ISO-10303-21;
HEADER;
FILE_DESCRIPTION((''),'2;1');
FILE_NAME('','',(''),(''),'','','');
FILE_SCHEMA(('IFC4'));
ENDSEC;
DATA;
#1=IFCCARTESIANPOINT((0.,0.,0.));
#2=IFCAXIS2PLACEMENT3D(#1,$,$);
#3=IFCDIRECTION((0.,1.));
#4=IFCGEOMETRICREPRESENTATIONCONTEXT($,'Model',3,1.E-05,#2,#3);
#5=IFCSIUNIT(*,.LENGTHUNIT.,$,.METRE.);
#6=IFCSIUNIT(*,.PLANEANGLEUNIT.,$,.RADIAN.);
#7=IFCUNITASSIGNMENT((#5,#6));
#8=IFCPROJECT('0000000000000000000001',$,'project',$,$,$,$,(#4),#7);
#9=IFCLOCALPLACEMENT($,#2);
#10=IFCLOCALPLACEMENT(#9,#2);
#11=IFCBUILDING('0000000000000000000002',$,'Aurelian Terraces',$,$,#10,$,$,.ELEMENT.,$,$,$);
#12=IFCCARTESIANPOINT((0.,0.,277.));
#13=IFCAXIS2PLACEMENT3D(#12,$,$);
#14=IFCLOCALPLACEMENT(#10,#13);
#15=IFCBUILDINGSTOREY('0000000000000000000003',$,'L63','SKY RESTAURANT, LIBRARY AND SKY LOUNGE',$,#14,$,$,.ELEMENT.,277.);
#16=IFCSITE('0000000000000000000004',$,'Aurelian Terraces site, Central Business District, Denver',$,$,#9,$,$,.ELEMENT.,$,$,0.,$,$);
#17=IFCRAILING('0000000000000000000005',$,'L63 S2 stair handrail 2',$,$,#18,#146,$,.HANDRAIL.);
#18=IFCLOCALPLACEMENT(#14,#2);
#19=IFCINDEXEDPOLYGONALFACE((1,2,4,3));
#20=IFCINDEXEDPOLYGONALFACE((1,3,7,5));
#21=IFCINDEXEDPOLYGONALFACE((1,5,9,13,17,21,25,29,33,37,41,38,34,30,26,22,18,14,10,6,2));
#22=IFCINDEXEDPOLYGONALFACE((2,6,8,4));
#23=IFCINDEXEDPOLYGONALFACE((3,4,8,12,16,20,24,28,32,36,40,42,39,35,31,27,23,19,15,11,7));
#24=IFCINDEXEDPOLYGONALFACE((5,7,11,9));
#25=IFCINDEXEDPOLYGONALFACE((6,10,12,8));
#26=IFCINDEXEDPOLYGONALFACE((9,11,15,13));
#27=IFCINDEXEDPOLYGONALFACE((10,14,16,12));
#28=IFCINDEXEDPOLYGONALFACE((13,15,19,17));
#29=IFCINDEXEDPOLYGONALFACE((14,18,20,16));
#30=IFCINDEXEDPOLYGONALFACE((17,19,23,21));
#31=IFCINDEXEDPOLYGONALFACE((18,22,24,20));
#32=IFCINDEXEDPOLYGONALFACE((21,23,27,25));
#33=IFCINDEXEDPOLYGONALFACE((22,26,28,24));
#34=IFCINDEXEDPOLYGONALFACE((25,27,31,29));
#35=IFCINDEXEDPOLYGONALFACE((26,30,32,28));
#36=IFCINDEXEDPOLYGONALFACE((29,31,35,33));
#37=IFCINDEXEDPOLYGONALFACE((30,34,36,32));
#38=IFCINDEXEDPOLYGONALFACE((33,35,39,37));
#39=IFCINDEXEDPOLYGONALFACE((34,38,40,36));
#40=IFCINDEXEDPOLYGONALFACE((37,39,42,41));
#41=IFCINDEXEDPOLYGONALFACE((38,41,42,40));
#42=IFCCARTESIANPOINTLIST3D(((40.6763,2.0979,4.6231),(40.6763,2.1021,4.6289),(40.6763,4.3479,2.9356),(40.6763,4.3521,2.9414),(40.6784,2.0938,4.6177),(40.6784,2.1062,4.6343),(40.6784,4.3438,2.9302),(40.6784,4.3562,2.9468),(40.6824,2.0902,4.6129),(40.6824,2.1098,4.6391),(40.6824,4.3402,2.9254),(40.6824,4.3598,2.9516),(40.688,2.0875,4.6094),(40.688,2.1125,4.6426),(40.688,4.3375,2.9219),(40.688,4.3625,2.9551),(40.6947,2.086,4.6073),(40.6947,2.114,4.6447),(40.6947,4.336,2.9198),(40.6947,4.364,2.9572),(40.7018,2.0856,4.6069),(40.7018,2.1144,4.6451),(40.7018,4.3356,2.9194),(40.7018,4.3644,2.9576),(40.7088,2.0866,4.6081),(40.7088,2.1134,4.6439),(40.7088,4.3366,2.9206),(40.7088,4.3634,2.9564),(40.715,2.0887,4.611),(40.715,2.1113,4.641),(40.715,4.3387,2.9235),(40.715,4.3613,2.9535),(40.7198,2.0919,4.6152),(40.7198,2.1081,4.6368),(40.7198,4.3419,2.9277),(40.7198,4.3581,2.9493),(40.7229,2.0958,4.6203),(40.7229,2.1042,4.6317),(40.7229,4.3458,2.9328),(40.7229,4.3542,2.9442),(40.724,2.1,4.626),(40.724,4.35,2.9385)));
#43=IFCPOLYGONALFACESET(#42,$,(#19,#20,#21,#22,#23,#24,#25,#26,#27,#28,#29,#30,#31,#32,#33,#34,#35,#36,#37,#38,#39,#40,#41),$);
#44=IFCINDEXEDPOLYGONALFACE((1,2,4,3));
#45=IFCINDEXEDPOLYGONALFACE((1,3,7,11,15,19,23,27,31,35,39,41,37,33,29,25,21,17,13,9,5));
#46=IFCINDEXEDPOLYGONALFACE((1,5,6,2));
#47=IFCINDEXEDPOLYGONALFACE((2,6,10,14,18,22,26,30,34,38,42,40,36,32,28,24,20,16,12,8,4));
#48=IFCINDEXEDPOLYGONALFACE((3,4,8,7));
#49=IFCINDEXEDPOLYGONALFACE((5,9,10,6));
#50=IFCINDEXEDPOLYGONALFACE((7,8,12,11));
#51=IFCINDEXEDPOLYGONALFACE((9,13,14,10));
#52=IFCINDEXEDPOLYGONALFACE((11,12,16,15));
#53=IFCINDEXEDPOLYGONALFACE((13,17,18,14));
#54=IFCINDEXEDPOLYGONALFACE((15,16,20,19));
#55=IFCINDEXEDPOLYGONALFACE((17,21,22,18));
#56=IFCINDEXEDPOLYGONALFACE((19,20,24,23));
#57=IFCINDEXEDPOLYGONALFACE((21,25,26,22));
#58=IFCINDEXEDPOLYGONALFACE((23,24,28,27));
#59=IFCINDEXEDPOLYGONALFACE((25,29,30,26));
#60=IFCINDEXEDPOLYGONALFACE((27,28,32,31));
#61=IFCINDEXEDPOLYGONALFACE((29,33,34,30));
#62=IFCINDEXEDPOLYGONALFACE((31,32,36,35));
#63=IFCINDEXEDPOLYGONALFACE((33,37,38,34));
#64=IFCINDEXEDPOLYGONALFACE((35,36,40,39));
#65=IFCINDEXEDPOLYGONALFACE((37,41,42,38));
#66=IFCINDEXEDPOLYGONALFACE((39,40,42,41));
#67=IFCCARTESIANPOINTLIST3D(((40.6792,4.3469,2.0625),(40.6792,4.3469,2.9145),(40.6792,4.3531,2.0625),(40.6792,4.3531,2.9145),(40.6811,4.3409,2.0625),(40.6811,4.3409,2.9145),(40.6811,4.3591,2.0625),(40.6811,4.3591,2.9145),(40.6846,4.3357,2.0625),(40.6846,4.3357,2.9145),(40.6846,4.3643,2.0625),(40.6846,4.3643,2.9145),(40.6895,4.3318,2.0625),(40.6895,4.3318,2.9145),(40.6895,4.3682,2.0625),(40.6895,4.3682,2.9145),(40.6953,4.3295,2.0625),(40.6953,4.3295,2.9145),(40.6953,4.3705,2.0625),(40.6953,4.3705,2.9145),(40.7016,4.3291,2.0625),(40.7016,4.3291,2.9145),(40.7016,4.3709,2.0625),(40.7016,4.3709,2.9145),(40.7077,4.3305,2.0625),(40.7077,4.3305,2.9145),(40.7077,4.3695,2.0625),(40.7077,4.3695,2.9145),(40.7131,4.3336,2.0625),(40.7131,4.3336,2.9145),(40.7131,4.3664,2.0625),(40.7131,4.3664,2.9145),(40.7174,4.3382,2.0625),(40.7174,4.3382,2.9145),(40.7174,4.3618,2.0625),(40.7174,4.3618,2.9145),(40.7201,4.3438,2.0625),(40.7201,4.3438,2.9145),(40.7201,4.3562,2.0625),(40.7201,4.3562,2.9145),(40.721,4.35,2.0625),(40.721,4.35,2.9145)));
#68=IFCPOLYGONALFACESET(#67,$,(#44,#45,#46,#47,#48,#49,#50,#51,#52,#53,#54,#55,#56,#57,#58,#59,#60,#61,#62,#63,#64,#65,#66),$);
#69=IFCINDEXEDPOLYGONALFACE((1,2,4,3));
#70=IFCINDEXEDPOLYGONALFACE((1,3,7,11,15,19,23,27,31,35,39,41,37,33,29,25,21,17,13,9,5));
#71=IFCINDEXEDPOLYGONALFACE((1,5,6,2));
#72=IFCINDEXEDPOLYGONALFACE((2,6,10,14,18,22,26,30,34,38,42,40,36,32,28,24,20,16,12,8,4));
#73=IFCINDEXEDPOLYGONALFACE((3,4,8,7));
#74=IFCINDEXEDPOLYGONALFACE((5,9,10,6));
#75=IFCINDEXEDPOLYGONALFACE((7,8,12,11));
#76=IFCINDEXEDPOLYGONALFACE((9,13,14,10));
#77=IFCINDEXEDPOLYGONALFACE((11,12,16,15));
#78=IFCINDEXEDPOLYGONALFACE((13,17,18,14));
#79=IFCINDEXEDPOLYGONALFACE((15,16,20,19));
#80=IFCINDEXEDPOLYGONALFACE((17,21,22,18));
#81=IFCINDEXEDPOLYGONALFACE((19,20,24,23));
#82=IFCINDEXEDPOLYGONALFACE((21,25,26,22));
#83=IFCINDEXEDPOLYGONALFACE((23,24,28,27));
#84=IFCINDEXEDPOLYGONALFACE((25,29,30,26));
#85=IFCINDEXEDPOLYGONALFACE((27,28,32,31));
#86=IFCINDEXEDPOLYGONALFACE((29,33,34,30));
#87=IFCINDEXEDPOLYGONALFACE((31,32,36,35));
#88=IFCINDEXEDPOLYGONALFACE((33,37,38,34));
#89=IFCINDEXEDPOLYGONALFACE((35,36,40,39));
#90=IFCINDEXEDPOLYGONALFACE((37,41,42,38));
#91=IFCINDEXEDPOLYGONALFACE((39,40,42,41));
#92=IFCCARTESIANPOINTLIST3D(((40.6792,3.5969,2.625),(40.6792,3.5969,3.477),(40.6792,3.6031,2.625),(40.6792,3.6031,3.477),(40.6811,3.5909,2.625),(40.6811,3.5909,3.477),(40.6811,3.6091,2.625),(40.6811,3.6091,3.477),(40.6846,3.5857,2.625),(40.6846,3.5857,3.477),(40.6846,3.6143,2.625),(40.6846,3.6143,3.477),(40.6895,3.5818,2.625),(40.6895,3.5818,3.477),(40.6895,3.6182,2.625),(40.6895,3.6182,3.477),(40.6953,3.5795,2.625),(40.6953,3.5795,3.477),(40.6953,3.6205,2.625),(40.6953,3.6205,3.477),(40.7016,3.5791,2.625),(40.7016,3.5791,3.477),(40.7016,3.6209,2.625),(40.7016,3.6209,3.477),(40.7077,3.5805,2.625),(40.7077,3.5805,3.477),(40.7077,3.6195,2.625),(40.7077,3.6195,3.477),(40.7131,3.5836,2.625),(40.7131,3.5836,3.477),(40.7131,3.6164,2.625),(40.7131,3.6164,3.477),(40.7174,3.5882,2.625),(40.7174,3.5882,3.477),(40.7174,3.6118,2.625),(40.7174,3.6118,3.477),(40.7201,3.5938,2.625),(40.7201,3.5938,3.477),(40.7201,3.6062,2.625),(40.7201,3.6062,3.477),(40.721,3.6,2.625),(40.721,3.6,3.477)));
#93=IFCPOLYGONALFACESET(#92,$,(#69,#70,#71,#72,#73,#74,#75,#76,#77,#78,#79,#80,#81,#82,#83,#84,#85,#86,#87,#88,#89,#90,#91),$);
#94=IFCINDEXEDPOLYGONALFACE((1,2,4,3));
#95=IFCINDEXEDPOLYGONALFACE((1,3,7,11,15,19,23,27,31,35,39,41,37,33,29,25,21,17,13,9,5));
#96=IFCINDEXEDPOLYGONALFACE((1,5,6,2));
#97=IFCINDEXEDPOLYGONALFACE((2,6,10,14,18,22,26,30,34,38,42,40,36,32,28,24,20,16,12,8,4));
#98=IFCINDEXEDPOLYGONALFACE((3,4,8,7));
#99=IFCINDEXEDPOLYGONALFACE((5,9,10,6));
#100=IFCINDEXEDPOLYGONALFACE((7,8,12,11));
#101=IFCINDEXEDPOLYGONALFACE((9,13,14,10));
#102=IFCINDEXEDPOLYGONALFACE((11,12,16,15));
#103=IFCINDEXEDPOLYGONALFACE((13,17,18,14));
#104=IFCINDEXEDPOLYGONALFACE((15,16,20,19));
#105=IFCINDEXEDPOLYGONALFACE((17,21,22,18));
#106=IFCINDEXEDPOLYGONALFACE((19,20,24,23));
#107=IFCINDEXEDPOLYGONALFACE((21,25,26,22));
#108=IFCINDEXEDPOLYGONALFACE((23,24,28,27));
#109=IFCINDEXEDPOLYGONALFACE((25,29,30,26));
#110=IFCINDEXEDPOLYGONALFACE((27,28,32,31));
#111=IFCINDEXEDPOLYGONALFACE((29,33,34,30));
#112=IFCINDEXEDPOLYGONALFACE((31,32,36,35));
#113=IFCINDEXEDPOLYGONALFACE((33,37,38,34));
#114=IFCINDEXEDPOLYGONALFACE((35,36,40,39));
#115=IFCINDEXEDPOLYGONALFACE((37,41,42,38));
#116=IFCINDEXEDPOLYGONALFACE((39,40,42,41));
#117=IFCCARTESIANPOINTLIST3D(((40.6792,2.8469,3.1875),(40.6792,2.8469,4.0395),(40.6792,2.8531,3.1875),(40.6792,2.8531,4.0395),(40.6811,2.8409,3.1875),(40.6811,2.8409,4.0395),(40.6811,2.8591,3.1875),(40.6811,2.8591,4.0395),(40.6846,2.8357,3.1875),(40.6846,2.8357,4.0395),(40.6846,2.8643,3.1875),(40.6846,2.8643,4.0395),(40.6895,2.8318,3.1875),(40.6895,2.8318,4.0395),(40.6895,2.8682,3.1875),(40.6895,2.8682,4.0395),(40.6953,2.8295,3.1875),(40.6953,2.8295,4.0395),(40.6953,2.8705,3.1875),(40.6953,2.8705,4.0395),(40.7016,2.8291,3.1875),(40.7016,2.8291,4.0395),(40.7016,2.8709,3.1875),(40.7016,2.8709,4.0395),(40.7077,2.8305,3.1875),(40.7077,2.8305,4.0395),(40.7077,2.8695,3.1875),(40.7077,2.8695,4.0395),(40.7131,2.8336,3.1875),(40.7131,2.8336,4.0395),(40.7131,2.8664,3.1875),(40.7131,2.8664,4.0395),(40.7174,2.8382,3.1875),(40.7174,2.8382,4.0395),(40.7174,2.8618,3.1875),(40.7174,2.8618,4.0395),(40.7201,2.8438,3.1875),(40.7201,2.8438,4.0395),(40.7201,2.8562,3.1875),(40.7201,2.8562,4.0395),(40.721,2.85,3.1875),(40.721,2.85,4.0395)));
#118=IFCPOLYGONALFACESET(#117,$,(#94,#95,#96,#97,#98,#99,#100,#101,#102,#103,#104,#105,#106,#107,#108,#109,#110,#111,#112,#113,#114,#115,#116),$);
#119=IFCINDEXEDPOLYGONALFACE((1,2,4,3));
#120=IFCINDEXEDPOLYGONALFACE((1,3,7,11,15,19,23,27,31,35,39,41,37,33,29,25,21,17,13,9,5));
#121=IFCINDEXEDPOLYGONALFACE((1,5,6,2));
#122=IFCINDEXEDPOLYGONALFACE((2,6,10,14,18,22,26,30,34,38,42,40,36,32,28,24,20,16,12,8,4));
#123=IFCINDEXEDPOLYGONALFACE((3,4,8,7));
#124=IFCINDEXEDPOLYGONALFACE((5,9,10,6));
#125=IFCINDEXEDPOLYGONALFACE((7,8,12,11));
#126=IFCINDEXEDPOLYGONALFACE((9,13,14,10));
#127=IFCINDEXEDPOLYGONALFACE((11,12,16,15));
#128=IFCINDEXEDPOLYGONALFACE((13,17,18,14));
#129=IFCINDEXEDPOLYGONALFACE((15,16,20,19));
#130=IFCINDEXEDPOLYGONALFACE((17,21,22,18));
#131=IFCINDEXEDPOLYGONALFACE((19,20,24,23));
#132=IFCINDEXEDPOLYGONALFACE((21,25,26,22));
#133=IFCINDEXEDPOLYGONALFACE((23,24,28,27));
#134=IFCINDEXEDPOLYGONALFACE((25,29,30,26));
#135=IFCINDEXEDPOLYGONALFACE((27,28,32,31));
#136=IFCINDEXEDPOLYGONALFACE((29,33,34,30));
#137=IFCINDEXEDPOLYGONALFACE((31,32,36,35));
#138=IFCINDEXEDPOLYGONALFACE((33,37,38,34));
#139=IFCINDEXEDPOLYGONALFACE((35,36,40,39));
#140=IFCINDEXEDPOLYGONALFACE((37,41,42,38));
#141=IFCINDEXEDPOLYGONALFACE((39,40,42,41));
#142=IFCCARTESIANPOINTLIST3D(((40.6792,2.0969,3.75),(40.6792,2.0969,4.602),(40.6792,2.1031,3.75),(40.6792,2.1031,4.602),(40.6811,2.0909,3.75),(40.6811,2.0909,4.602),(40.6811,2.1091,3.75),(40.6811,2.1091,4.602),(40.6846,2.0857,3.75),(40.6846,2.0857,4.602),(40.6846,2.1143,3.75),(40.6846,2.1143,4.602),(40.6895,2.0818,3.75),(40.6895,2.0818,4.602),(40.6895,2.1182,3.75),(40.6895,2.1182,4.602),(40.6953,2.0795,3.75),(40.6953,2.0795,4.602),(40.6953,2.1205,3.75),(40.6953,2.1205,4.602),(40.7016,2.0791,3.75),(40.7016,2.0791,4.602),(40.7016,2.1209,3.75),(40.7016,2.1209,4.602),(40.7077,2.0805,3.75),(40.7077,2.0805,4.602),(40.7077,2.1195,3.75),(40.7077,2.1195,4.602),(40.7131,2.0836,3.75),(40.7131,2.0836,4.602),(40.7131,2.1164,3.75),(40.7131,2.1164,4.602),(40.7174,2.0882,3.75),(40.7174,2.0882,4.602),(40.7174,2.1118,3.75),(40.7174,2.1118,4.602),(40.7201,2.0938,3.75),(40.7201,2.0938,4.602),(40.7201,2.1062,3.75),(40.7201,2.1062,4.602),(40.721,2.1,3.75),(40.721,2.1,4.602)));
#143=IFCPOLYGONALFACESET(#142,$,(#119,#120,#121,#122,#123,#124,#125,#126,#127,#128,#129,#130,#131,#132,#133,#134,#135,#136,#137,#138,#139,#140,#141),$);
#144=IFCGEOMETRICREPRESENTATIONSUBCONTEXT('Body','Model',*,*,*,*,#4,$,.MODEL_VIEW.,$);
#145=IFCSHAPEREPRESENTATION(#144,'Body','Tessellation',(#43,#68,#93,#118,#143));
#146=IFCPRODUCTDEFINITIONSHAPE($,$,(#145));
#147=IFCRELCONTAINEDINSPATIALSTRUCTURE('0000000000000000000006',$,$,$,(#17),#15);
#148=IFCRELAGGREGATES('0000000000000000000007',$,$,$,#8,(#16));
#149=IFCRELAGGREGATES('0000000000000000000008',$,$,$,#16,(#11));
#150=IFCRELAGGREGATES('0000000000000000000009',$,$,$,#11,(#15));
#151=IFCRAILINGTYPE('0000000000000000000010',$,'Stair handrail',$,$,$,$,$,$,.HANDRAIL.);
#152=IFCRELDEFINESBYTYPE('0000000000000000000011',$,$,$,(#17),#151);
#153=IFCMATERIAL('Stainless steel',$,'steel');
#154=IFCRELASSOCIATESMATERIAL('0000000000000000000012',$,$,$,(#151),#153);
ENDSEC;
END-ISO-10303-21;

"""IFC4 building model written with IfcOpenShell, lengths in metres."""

from ifc_helpers import new_model, si_unit, direction, frame, origin, origin_2d, place, context, subcontext, project, spatial, circle, extrude, source, transform, mapped, material, type_object, element, save


model = new_model("IFC4")

# Units and contexts
model_context = context("Model", 3, precision=1e-05, world=origin(), true_north=direction((0.0, 1.0)))
body_context = subcontext(model_context, "Body", "Model", "MODEL_VIEW")
ifc_project = project(units=[si_unit("LENGTHUNIT", "METRE"), si_unit("PLANEANGLEUNIT", "RADIAN")], contexts=[model_context])

# Site, building, storey
site_placement = place(None, origin())
site = spatial("IfcSite", under=ifc_project, at=site_placement, Name="Aurelian Terraces site, Central Business District, Denver", CompositionType="ELEMENT", RefElevation=0.0)
building_placement = place(site_placement, origin())
building = spatial("IfcBuilding", under=site, at=building_placement, Name="Aurelian Terraces", CompositionType="ELEMENT")
storey_placement = place(building_placement, frame((0.0, 0.0, 277.0)))
storey = spatial("IfcBuildingStorey", under=building, at=storey_placement, Name="L63", Description="SKY RESTAURANT, LIBRARY AND SKY LOUNGE", CompositionType="ELEMENT", Elevation=277.0)

# Railing
ifc_material_1 = material(Name="Stainless steel", Category="steel")
railing_type_1 = type_object("IfcRailingType", Name="Stair handrail", PredefinedType="HANDRAIL", material=ifc_material_1)
shared_shape_1 = source(origin(), body_context, "Body", "SweptSolid", [
    extrude(circle(Radius=0.024, at=origin_2d()), frame((0.0, 0.0, 0.876), z_axis=(0.0, -0.8, 0.6), x_axis=(1.0, 0.0, 0.0)), (0.0, 0.0, 1.0), 2.8125),
    extrude(circle(Radius=0.021, at=origin_2d()), origin(), (0.0, 0.0, 1.0), 0.852),
    extrude(circle(Radius=0.021, at=origin_2d()), frame((0.0, -0.75, 0.5625)), (0.0, 0.0, 1.0), 0.852),
    extrude(circle(Radius=0.021, at=origin_2d()), frame((0.0, -1.5, 1.125)), (0.0, 0.0, 1.0), 0.852),
    extrude(circle(Radius=0.021, at=origin_2d()), frame((0.0, -2.25, 1.6875)), (0.0, 0.0, 1.0), 0.852),
])
for number, where, name in (
    (1, (40.7, 4.35, 2.0625), "L63 S2 stair handrail 2"),
):
    element("IfcRailing", number, at=place(storey_placement, frame(where)), inside=storey, type_object=railing_type_1, Name=name, PredefinedType="HANDRAIL", context=body_context, shape_type="MappedRepresentation", body=[
        mapped(shared_shape_1, transform((0.0, 0.0, 0.0), scale=1.0)),
    ])

save(model, "model.ifc")
